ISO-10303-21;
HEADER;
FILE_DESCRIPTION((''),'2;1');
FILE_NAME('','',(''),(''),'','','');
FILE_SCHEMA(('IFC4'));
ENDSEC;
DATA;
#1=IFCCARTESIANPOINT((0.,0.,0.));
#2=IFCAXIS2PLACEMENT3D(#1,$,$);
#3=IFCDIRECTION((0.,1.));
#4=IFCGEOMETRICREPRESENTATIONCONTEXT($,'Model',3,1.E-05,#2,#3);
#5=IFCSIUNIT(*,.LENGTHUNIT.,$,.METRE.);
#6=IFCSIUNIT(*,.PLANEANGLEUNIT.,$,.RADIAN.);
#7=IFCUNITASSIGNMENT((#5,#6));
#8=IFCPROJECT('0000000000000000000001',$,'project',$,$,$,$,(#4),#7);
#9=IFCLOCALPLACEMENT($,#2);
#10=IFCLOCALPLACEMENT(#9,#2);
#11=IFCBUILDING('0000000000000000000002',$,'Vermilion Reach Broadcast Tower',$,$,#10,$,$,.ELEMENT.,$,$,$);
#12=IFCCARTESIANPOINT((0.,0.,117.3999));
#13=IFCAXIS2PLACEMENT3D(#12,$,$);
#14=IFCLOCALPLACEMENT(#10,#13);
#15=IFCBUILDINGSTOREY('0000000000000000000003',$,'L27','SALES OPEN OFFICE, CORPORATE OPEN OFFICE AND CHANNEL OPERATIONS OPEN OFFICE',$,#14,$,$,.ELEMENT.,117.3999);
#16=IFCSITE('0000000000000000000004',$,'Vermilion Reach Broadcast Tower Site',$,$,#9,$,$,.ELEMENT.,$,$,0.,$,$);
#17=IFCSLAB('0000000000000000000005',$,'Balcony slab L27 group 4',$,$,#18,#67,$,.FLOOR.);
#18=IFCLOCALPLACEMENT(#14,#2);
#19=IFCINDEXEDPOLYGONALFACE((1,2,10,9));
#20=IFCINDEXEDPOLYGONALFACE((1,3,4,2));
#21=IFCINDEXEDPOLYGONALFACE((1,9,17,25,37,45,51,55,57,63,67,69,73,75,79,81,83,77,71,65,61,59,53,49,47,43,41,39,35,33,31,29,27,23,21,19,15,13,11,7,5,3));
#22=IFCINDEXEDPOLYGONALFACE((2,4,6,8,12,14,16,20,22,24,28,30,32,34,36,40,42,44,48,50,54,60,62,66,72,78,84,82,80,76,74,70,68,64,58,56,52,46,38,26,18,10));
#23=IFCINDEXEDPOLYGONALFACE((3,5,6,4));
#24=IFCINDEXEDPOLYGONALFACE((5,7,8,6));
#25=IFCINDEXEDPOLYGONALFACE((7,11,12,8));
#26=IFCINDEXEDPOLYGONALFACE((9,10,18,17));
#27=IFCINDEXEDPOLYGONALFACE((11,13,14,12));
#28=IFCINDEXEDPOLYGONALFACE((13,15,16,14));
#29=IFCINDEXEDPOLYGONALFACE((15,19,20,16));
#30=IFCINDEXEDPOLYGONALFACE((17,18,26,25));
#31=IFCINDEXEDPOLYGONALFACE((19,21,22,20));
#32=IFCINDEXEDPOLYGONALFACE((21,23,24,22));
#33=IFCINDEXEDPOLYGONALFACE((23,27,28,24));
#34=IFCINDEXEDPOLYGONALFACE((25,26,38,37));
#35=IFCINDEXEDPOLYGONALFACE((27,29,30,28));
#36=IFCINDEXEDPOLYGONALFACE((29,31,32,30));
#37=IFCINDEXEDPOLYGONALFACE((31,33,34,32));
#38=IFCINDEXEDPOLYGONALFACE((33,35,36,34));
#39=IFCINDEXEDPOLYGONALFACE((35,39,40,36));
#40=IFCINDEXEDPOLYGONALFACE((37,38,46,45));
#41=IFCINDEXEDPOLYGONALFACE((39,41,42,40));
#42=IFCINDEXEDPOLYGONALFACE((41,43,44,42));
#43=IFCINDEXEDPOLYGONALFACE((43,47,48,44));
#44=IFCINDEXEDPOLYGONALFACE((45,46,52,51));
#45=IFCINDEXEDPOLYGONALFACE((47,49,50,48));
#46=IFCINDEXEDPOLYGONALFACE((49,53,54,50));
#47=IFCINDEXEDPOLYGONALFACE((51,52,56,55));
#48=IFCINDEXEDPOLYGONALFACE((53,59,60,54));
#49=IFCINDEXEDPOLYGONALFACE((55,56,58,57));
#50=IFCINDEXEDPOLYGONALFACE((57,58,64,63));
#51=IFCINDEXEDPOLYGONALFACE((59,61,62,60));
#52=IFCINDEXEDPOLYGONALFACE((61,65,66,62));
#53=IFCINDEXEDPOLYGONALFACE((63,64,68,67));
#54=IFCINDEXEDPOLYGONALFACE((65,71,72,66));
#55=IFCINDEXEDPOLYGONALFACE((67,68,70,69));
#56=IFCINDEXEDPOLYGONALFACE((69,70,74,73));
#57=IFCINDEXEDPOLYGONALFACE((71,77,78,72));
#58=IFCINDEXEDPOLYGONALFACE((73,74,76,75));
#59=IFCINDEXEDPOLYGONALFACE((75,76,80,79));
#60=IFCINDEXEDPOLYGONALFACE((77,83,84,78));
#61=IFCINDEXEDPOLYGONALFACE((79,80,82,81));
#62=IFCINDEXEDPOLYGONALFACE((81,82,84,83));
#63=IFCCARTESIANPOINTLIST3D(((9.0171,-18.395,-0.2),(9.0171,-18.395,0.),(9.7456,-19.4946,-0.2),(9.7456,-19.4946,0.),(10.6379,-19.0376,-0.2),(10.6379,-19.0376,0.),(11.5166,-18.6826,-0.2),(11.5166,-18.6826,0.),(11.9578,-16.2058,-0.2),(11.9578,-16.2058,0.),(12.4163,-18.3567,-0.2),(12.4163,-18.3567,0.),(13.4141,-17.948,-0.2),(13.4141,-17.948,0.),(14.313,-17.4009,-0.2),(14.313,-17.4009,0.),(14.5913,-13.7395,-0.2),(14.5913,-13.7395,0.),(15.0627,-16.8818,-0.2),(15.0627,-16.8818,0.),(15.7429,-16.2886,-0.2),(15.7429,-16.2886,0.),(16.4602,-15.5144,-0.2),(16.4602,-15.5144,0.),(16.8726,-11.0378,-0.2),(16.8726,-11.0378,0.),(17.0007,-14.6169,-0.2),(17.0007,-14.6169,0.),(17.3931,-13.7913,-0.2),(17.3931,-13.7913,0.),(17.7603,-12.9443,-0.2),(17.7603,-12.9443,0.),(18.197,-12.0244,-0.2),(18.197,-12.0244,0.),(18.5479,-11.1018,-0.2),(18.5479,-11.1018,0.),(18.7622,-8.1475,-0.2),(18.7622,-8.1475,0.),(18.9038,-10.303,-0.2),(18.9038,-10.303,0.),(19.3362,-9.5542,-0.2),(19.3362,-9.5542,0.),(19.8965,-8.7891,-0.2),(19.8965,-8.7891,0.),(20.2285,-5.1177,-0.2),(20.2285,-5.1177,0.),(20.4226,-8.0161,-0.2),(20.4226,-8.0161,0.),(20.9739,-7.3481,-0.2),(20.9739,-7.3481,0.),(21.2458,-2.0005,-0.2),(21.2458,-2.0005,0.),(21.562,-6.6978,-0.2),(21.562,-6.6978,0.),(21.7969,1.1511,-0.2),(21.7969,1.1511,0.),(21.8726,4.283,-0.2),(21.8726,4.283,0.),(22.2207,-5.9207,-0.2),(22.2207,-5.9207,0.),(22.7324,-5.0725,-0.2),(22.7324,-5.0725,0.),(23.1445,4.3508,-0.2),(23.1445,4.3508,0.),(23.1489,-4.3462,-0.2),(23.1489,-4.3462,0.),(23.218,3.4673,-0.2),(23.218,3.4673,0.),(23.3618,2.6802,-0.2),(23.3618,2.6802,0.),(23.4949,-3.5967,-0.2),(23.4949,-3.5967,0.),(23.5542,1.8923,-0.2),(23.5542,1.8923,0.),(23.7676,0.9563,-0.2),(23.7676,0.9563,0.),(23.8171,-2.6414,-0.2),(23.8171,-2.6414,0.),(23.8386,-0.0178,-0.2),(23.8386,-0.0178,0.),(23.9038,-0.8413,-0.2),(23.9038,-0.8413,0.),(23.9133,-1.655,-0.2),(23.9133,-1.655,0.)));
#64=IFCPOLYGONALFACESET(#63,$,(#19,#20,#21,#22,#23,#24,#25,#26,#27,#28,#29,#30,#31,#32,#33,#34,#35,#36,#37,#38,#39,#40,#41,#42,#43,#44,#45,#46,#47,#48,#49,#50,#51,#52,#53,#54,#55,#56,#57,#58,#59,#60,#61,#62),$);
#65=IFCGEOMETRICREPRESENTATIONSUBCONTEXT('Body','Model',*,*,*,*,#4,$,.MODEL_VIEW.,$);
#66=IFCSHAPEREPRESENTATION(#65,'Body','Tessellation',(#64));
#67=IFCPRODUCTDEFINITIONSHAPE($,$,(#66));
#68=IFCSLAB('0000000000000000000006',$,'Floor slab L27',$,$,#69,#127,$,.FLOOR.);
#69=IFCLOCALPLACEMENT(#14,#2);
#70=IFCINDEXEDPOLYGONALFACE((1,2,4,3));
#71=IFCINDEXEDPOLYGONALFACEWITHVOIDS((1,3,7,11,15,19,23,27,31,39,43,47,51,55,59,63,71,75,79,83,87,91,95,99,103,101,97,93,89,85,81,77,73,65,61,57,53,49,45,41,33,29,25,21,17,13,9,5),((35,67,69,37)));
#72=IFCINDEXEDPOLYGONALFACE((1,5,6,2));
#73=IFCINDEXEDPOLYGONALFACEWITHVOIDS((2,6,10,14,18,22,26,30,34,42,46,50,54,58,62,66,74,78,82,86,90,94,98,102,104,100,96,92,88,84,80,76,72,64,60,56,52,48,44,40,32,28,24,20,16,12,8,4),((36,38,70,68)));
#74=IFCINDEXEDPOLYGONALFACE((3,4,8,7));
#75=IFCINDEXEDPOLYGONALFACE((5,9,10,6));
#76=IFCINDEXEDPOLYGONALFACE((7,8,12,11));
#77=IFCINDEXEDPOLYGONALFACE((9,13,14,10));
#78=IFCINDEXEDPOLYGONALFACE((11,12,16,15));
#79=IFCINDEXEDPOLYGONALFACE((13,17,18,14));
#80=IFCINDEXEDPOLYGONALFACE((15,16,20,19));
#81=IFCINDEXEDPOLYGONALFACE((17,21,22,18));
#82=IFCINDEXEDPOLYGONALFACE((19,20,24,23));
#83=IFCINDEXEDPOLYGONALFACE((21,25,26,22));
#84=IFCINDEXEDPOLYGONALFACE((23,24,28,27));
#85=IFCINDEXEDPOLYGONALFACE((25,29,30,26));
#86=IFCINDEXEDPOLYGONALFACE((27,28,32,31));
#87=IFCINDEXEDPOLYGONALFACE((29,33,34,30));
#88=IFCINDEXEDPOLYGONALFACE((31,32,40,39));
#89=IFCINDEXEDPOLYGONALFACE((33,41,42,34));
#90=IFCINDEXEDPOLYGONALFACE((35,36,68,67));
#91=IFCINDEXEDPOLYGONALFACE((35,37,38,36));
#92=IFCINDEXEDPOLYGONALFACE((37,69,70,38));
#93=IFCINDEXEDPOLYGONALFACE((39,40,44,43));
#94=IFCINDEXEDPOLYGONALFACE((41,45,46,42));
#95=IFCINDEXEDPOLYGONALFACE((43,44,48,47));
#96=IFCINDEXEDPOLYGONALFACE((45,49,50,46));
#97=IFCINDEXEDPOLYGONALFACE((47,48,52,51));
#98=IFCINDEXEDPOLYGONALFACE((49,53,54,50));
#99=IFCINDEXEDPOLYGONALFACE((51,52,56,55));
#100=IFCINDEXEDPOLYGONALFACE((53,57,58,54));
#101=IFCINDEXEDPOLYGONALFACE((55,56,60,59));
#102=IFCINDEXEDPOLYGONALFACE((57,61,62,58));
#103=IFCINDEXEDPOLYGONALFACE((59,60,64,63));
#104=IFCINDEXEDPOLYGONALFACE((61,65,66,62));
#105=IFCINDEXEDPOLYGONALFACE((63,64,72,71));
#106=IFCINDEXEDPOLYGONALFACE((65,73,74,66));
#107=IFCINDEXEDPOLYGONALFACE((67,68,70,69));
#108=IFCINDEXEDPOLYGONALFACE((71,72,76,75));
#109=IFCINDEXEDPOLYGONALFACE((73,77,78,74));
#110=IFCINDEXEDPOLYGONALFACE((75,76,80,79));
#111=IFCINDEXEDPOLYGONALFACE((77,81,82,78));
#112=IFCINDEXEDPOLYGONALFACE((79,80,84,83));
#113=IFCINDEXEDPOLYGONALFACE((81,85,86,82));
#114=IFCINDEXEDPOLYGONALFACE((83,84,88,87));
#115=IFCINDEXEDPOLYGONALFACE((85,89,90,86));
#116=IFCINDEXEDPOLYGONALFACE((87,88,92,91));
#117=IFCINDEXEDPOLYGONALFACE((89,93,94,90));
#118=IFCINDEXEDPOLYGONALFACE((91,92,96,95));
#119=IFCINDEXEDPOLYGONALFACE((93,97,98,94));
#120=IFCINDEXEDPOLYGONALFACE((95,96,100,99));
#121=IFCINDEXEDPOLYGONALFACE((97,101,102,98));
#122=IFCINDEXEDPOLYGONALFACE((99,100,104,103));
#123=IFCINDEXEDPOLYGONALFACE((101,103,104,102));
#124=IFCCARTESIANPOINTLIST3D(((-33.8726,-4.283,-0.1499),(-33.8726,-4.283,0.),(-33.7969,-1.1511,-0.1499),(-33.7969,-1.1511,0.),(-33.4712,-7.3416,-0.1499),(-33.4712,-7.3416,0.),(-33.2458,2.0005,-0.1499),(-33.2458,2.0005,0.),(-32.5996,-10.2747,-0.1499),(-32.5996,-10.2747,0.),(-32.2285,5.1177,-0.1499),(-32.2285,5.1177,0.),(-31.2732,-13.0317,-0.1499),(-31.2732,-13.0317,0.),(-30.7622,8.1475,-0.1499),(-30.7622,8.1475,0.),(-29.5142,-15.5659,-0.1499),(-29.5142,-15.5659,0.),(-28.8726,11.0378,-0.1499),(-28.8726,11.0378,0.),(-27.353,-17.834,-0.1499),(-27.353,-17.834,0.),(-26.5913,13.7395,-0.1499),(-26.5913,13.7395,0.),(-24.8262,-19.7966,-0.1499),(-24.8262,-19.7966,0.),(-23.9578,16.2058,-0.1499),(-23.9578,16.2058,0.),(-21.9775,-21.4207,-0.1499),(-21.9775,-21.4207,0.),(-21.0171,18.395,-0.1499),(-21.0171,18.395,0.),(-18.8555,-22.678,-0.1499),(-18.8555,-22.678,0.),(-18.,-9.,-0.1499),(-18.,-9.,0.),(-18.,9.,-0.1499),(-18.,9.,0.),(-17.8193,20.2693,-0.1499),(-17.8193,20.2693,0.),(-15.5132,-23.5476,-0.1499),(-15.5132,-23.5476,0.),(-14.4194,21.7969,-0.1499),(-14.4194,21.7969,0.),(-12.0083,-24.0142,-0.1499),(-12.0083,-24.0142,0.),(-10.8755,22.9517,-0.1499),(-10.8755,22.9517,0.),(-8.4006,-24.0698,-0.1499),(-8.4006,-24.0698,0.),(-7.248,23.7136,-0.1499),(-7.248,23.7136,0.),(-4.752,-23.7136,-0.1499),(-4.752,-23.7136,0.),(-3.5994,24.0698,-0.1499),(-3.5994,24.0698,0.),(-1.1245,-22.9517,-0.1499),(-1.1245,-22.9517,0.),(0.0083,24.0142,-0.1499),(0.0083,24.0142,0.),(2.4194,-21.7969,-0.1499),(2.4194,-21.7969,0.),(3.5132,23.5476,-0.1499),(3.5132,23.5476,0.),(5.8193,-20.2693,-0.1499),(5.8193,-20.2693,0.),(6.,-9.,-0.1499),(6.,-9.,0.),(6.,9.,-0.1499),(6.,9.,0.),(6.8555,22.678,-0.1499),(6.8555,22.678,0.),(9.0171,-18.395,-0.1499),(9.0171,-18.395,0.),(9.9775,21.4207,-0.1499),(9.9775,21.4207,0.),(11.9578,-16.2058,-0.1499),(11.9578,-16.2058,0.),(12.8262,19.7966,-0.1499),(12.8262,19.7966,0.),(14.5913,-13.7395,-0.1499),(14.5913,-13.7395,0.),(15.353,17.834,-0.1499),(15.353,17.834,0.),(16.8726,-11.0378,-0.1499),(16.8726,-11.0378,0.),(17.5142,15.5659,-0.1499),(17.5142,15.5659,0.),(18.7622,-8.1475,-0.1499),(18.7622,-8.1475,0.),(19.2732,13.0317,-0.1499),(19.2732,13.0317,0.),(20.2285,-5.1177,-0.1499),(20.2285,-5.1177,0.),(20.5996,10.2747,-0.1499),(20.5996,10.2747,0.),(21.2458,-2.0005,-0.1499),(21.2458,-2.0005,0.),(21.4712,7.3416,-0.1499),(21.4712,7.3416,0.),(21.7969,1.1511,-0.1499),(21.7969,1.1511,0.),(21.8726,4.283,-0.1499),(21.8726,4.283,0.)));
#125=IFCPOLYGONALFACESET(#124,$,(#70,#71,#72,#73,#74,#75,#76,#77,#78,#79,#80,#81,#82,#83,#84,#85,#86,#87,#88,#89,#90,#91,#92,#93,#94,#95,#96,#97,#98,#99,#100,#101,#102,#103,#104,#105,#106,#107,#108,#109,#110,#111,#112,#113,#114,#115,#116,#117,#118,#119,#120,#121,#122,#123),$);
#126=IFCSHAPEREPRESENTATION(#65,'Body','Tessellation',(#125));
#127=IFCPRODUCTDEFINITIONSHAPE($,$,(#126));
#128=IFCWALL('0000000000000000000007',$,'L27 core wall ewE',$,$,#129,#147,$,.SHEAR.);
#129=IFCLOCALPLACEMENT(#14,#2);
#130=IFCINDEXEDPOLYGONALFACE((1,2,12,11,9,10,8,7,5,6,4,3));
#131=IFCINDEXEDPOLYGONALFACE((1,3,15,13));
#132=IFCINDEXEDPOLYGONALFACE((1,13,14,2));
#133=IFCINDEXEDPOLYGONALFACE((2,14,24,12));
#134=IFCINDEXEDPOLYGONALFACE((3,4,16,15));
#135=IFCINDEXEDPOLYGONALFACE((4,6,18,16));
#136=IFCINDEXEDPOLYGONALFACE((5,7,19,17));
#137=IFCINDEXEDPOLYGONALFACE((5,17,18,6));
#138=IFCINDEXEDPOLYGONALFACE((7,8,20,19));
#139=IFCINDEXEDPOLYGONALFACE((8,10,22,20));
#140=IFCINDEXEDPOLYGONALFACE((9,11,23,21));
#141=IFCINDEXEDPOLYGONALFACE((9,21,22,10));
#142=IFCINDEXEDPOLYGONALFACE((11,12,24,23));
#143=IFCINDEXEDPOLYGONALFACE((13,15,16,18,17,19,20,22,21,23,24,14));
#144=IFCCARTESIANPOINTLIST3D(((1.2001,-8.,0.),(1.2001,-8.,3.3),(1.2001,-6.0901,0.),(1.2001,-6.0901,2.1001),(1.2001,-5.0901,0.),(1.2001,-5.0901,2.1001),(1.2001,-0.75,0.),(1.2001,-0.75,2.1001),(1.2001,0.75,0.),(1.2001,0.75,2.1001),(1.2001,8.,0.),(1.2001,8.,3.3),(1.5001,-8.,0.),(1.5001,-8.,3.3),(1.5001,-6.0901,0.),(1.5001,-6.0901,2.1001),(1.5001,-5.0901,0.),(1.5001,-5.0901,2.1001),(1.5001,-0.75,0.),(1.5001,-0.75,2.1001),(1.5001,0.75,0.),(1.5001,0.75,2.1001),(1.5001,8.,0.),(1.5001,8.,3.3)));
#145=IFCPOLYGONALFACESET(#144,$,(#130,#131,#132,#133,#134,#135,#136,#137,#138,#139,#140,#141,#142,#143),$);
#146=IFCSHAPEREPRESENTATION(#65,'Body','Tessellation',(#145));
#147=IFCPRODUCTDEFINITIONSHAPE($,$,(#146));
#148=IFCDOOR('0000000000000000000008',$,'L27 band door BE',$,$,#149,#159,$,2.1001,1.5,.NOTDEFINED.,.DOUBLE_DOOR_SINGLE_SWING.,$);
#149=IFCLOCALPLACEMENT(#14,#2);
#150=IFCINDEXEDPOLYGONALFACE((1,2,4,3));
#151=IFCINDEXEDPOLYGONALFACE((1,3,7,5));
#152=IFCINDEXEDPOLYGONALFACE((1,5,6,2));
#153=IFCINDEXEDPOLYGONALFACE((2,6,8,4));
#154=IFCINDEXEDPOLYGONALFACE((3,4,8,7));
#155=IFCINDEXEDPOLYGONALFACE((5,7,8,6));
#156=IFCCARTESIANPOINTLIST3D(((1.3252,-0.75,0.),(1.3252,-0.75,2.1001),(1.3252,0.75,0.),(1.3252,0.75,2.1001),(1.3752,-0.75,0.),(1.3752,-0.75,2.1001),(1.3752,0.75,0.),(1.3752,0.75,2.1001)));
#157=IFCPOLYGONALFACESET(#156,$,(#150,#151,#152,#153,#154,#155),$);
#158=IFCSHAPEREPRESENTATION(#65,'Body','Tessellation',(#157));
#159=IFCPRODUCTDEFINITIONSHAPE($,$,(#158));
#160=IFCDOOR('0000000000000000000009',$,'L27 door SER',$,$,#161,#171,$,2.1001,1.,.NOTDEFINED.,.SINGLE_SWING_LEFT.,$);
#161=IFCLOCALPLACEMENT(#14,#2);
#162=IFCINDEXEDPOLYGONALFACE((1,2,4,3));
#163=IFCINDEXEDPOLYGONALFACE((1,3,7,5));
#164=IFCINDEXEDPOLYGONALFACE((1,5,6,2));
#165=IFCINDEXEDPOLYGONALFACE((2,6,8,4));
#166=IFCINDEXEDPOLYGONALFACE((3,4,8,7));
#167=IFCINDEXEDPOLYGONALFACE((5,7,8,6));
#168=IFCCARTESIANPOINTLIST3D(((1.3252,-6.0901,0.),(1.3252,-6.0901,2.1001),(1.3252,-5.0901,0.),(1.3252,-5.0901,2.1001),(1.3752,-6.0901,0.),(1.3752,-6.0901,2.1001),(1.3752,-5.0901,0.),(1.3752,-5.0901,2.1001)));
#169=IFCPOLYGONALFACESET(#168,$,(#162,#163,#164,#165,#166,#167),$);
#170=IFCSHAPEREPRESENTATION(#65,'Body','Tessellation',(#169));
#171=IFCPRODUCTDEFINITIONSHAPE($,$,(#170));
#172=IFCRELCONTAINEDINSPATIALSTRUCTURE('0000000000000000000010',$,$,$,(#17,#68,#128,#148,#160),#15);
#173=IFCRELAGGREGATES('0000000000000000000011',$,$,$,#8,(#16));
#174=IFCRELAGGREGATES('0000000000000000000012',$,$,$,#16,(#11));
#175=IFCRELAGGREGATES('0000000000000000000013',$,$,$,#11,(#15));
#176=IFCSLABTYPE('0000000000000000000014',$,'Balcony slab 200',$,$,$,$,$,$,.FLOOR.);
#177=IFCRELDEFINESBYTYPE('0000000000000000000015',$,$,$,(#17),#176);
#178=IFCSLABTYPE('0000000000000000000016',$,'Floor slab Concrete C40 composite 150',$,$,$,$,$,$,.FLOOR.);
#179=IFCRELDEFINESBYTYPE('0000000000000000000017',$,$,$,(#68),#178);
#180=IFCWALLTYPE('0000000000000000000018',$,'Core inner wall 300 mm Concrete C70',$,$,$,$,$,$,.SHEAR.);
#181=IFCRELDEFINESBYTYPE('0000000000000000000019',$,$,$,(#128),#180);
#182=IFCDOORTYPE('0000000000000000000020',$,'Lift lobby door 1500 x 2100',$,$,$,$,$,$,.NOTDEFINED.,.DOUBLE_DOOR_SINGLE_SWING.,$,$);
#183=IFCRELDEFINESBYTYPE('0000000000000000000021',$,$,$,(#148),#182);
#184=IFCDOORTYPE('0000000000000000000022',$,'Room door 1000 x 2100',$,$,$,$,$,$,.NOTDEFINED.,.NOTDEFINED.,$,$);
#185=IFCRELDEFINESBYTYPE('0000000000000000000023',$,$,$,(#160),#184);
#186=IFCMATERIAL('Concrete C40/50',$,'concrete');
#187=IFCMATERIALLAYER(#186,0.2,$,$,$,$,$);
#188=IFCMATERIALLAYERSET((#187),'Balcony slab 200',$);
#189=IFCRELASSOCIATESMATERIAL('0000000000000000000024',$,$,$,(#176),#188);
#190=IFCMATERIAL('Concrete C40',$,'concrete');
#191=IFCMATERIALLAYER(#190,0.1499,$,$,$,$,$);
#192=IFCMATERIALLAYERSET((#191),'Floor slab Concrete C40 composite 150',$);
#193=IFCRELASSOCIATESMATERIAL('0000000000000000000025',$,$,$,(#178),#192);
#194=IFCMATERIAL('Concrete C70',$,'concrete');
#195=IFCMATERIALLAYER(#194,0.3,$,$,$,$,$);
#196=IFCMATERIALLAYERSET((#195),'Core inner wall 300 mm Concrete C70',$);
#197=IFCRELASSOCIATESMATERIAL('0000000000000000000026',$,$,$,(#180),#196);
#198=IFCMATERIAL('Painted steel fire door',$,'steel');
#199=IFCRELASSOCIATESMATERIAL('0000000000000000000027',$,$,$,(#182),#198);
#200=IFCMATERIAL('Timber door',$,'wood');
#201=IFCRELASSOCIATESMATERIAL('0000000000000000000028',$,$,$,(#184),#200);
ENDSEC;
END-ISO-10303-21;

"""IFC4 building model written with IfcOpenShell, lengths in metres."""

from ifc_helpers import new_model, si_unit, direction, frame, frame_2d, origin, place, context, subcontext, project, spatial, polyline, rectangle, outline, extrude, material, layer, layer_set, type_object, element, fill, save


model = new_model("IFC4")

# Units and contexts
model_context = context("Model", 3, precision=1e-05, world=origin(), true_north=direction((0.0, 1.0)))
body_context = subcontext(model_context, "Body", "Model", "MODEL_VIEW")
ifc_project = project(units=[si_unit("LENGTHUNIT", "METRE"), si_unit("PLANEANGLEUNIT", "RADIAN")], contexts=[model_context])

# Site, building, storey
site_placement = place(None, origin())
site = spatial("IfcSite", under=ifc_project, at=site_placement, Name="Vermilion Reach Broadcast Tower Site", CompositionType="ELEMENT", RefElevation=0.0)
building_placement = place(site_placement, origin())
building = spatial("IfcBuilding", under=site, at=building_placement, Name="Vermilion Reach Broadcast Tower", CompositionType="ELEMENT")
storey_placement = place(building_placement, frame((0.0, 0.0, 117.3999)))
storey = spatial("IfcBuildingStorey", under=building, at=storey_placement, Name="L27", Description="SALES OPEN OFFICE, CORPORATE OPEN OFFICE AND CHANNEL OPERATIONS OPEN OFFICE", CompositionType="ELEMENT", Elevation=117.3999)

# Slabs
ifc_material_1 = material(Name="Concrete C40/50", Category="concrete")
ifc_layer_1 = layer(ifc_material_1, 0.2)
ifc_layer_set_1 = layer_set([ifc_layer_1], Name="Balcony slab 200")
slab_type_1 = type_object("IfcSlabType", Name="Balcony slab 200", PredefinedType="FLOOR", material=ifc_layer_set_1)
placement_1 = place(storey_placement, frame((0.0, 0.0, -0.2)))
element("IfcSlab", 1, at=placement_1, inside=storey, type_object=slab_type_1, Name="Balcony slab L27 group 4", PredefinedType="FLOOR", context=body_context, shape_type="SweptSolid", body=[
    extrude(outline(polyline([(9.0171, -18.395), (11.9578, -16.2058), (14.5913, -13.7395), (16.8726, -11.0378), (18.7622, -8.1475), (20.2285, -5.1177), (21.2458, -2.0005), (21.7969, 1.1511), (21.8726, 4.283), (23.1445, 4.3508), (23.218, 3.4673), (23.3618, 2.6802), (23.5542, 1.8923), (23.7676, 0.9563), (23.8386, -0.0178), (23.9038, -0.8413), (23.9133, -1.655), (23.8171, -2.6414), (23.4949, -3.5967), (23.1489, -4.3462), (22.7324, -5.0725), (22.2207, -5.9207), (21.562, -6.6978), (20.9739, -7.3481), (20.4226, -8.0161), (19.8965, -8.7891), (19.3362, -9.5542), (18.9038, -10.303), (18.5479, -11.1018), (18.197, -12.0244), (17.7603, -12.9443), (17.3931, -13.7913), (17.0007, -14.6169), (16.4602, -15.5144), (15.7429, -16.2886), (15.0627, -16.8818), (14.313, -17.4009), (13.4141, -17.948), (12.4163, -18.3567), (11.5166, -18.6826), (10.6379, -19.0376), (9.7456, -19.4946), (9.0171, -18.395)])), origin(), (0.0, 0.0, 1.0), 0.2),
])
ifc_material_2 = material(Name="Concrete C40", Category="concrete")
ifc_layer_2 = layer(ifc_material_2, 0.1499)
ifc_layer_set_2 = layer_set([ifc_layer_2], Name="Floor slab Concrete C40 composite 150")
slab_type_2 = type_object("IfcSlabType", Name="Floor slab Concrete C40 composite 150", PredefinedType="FLOOR", material=ifc_layer_set_2)
slab_1_placement = place(storey_placement, frame((0.0, 0.0, -0.1499)))
element("IfcSlab", 2, at=slab_1_placement, inside=storey, type_object=slab_type_2, Name="Floor slab L27", PredefinedType="FLOOR", context=body_context, shape_type="SweptSolid", body=[
    extrude(outline(polyline([(20.5996, 10.2747), (19.2732, 13.0317), (17.5142, 15.5659), (15.353, 17.834), (12.8262, 19.7966), (9.9775, 21.4207), (6.8555, 22.678), (3.5132, 23.5476), (0.0083, 24.0142), (-3.5994, 24.0698), (-7.248, 23.7136), (-10.8755, 22.9517), (-14.4194, 21.7969), (-17.8193, 20.2693), (-21.0171, 18.395), (-23.9578, 16.2058), (-26.5913, 13.7395), (-28.8726, 11.0378), (-30.7622, 8.1475), (-32.2285, 5.1177), (-33.2458, 2.0005), (-33.7969, -1.1511), (-33.8726, -4.283), (-33.4712, -7.3416), (-32.5996, -10.2747), (-31.2732, -13.0317), (-29.5142, -15.5659), (-27.353, -17.834), (-24.8262, -19.7966), (-21.9775, -21.4207), (-18.8555, -22.678), (-15.5132, -23.5476), (-12.0083, -24.0142), (-8.4006, -24.0698), (-4.752, -23.7136), (-1.1245, -22.9517), (2.4194, -21.7969), (5.8193, -20.2693), (9.0171, -18.395), (11.9578, -16.2058), (14.5913, -13.7395), (16.8726, -11.0378), (18.7622, -8.1475), (20.2285, -5.1177), (21.2458, -2.0005), (21.7969, 1.1511), (21.8726, 4.283), (21.4712, 7.3416), (20.5996, 10.2747)]), holes=[polyline([(-18.0, -9.0), (6.0, -9.0), (6.0, 9.0), (-18.0, 9.0), (-18.0, -9.0)])]), origin(), (0.0, 0.0, 1.0), 0.1499),
])

# Wall, openings, doors
ifc_material_3 = material(Name="Concrete C70", Category="concrete")
ifc_layer_3 = layer(ifc_material_3, 0.3)
ifc_layer_set_3 = layer_set([ifc_layer_3], Name="Core inner wall 300 mm Concrete C70")
wall_type_1 = type_object("IfcWallType", Name="Core inner wall 300 mm Concrete C70", PredefinedType="SHEAR", material=ifc_layer_set_3)
wall_1_placement = place(storey_placement, frame((1.3501, -8.0, 0.0), z_axis=(0.0, 0.0, 1.0), x_axis=(0.0, 1.0, 0.0)))
wall_1 = element("IfcWall", 3, at=wall_1_placement, inside=storey, type_object=wall_type_1, Name="L27 core wall ewE", PredefinedType="SHEAR", context=body_context, shape_type="SweptSolid", body=[
    extrude(rectangle(XDim=16.0, YDim=0.3, at=frame_2d((8.0, 0.0))), origin(), (0.0, 0.0, 1.0), 3.3),
])
opening_1_placement = place(wall_1_placement, frame((1.9099, 0.0, 0.0)))
opening_1 = element("IfcOpeningElement", 4, at=opening_1_placement, cuts=wall_1, PredefinedType="OPENING", context=body_context, shape_type="SweptSolid", body=[
    extrude(rectangle(XDim=1.0, YDim=2.1001, at=frame_2d((0.5, 1.05))), frame((0.0, 0.1599, 0.0), z_axis=(0.0, -1.0, 0.0), x_axis=(1.0, 0.0, 0.0)), (0.0, 0.0, 1.0), 0.3201),
])
opening_2_placement = place(wall_1_placement, frame((7.25, 0.0, 0.0)))
opening_2 = element("IfcOpeningElement", 5, at=opening_2_placement, cuts=wall_1, PredefinedType="OPENING", context=body_context, shape_type="SweptSolid", body=[
    extrude(rectangle(XDim=1.5, YDim=2.1001, at=frame_2d((0.75, 1.05))), frame((0.0, 0.1599, 0.0), z_axis=(0.0, -1.0, 0.0), x_axis=(1.0, 0.0, 0.0)), (0.0, 0.0, 1.0), 0.3201),
])
ifc_material_4 = material(Name="Painted steel fire door", Category="steel")
door_type_1 = type_object("IfcDoorType", Name="Lift lobby door 1500 x 2100", OperationType="DOUBLE_DOOR_SINGLE_SWING", PredefinedType="NOTDEFINED", material=ifc_material_4)
door_1_placement = place(opening_2_placement, origin())
door_1 = element("IfcDoor", 6, at=door_1_placement, inside=storey, type_object=door_type_1, Name="L27 band door BE", OperationType="DOUBLE_DOOR_SINGLE_SWING", OverallHeight=2.1001, OverallWidth=1.5, PredefinedType="NOTDEFINED", context=body_context, shape_type="SweptSolid", body=[
    extrude(rectangle(XDim=1.5, YDim=2.1001, at=frame_2d((0.75, 1.05))), frame((0.0, 0.0249, 0.0), z_axis=(0.0, -1.0, 0.0), x_axis=(1.0, 0.0, 0.0)), (0.0, 0.0, 1.0), 0.05),
])
fill(opening_2, door_1)
ifc_material_5 = material(Name="Timber door", Category="wood")
door_type_2 = type_object("IfcDoorType", Name="Room door 1000 x 2100", OperationType="NOTDEFINED", PredefinedType="NOTDEFINED", material=ifc_material_5)
door_2_placement = place(opening_1_placement, origin())
door_2 = element("IfcDoor", 7, at=door_2_placement, inside=storey, type_object=door_type_2, Name="L27 door SER", OperationType="SINGLE_SWING_LEFT", OverallHeight=2.1001, OverallWidth=1.0, PredefinedType="NOTDEFINED", context=body_context, shape_type="SweptSolid", body=[
    extrude(rectangle(XDim=1.0, YDim=2.1001, at=frame_2d((0.5, 1.05))), frame((0.0, 0.0249, 0.0), z_axis=(0.0, -1.0, 0.0), x_axis=(1.0, 0.0, 0.0)), (0.0, 0.0, 1.0), 0.05),
])
fill(opening_1, door_2)

save(model, "model.ifc")
